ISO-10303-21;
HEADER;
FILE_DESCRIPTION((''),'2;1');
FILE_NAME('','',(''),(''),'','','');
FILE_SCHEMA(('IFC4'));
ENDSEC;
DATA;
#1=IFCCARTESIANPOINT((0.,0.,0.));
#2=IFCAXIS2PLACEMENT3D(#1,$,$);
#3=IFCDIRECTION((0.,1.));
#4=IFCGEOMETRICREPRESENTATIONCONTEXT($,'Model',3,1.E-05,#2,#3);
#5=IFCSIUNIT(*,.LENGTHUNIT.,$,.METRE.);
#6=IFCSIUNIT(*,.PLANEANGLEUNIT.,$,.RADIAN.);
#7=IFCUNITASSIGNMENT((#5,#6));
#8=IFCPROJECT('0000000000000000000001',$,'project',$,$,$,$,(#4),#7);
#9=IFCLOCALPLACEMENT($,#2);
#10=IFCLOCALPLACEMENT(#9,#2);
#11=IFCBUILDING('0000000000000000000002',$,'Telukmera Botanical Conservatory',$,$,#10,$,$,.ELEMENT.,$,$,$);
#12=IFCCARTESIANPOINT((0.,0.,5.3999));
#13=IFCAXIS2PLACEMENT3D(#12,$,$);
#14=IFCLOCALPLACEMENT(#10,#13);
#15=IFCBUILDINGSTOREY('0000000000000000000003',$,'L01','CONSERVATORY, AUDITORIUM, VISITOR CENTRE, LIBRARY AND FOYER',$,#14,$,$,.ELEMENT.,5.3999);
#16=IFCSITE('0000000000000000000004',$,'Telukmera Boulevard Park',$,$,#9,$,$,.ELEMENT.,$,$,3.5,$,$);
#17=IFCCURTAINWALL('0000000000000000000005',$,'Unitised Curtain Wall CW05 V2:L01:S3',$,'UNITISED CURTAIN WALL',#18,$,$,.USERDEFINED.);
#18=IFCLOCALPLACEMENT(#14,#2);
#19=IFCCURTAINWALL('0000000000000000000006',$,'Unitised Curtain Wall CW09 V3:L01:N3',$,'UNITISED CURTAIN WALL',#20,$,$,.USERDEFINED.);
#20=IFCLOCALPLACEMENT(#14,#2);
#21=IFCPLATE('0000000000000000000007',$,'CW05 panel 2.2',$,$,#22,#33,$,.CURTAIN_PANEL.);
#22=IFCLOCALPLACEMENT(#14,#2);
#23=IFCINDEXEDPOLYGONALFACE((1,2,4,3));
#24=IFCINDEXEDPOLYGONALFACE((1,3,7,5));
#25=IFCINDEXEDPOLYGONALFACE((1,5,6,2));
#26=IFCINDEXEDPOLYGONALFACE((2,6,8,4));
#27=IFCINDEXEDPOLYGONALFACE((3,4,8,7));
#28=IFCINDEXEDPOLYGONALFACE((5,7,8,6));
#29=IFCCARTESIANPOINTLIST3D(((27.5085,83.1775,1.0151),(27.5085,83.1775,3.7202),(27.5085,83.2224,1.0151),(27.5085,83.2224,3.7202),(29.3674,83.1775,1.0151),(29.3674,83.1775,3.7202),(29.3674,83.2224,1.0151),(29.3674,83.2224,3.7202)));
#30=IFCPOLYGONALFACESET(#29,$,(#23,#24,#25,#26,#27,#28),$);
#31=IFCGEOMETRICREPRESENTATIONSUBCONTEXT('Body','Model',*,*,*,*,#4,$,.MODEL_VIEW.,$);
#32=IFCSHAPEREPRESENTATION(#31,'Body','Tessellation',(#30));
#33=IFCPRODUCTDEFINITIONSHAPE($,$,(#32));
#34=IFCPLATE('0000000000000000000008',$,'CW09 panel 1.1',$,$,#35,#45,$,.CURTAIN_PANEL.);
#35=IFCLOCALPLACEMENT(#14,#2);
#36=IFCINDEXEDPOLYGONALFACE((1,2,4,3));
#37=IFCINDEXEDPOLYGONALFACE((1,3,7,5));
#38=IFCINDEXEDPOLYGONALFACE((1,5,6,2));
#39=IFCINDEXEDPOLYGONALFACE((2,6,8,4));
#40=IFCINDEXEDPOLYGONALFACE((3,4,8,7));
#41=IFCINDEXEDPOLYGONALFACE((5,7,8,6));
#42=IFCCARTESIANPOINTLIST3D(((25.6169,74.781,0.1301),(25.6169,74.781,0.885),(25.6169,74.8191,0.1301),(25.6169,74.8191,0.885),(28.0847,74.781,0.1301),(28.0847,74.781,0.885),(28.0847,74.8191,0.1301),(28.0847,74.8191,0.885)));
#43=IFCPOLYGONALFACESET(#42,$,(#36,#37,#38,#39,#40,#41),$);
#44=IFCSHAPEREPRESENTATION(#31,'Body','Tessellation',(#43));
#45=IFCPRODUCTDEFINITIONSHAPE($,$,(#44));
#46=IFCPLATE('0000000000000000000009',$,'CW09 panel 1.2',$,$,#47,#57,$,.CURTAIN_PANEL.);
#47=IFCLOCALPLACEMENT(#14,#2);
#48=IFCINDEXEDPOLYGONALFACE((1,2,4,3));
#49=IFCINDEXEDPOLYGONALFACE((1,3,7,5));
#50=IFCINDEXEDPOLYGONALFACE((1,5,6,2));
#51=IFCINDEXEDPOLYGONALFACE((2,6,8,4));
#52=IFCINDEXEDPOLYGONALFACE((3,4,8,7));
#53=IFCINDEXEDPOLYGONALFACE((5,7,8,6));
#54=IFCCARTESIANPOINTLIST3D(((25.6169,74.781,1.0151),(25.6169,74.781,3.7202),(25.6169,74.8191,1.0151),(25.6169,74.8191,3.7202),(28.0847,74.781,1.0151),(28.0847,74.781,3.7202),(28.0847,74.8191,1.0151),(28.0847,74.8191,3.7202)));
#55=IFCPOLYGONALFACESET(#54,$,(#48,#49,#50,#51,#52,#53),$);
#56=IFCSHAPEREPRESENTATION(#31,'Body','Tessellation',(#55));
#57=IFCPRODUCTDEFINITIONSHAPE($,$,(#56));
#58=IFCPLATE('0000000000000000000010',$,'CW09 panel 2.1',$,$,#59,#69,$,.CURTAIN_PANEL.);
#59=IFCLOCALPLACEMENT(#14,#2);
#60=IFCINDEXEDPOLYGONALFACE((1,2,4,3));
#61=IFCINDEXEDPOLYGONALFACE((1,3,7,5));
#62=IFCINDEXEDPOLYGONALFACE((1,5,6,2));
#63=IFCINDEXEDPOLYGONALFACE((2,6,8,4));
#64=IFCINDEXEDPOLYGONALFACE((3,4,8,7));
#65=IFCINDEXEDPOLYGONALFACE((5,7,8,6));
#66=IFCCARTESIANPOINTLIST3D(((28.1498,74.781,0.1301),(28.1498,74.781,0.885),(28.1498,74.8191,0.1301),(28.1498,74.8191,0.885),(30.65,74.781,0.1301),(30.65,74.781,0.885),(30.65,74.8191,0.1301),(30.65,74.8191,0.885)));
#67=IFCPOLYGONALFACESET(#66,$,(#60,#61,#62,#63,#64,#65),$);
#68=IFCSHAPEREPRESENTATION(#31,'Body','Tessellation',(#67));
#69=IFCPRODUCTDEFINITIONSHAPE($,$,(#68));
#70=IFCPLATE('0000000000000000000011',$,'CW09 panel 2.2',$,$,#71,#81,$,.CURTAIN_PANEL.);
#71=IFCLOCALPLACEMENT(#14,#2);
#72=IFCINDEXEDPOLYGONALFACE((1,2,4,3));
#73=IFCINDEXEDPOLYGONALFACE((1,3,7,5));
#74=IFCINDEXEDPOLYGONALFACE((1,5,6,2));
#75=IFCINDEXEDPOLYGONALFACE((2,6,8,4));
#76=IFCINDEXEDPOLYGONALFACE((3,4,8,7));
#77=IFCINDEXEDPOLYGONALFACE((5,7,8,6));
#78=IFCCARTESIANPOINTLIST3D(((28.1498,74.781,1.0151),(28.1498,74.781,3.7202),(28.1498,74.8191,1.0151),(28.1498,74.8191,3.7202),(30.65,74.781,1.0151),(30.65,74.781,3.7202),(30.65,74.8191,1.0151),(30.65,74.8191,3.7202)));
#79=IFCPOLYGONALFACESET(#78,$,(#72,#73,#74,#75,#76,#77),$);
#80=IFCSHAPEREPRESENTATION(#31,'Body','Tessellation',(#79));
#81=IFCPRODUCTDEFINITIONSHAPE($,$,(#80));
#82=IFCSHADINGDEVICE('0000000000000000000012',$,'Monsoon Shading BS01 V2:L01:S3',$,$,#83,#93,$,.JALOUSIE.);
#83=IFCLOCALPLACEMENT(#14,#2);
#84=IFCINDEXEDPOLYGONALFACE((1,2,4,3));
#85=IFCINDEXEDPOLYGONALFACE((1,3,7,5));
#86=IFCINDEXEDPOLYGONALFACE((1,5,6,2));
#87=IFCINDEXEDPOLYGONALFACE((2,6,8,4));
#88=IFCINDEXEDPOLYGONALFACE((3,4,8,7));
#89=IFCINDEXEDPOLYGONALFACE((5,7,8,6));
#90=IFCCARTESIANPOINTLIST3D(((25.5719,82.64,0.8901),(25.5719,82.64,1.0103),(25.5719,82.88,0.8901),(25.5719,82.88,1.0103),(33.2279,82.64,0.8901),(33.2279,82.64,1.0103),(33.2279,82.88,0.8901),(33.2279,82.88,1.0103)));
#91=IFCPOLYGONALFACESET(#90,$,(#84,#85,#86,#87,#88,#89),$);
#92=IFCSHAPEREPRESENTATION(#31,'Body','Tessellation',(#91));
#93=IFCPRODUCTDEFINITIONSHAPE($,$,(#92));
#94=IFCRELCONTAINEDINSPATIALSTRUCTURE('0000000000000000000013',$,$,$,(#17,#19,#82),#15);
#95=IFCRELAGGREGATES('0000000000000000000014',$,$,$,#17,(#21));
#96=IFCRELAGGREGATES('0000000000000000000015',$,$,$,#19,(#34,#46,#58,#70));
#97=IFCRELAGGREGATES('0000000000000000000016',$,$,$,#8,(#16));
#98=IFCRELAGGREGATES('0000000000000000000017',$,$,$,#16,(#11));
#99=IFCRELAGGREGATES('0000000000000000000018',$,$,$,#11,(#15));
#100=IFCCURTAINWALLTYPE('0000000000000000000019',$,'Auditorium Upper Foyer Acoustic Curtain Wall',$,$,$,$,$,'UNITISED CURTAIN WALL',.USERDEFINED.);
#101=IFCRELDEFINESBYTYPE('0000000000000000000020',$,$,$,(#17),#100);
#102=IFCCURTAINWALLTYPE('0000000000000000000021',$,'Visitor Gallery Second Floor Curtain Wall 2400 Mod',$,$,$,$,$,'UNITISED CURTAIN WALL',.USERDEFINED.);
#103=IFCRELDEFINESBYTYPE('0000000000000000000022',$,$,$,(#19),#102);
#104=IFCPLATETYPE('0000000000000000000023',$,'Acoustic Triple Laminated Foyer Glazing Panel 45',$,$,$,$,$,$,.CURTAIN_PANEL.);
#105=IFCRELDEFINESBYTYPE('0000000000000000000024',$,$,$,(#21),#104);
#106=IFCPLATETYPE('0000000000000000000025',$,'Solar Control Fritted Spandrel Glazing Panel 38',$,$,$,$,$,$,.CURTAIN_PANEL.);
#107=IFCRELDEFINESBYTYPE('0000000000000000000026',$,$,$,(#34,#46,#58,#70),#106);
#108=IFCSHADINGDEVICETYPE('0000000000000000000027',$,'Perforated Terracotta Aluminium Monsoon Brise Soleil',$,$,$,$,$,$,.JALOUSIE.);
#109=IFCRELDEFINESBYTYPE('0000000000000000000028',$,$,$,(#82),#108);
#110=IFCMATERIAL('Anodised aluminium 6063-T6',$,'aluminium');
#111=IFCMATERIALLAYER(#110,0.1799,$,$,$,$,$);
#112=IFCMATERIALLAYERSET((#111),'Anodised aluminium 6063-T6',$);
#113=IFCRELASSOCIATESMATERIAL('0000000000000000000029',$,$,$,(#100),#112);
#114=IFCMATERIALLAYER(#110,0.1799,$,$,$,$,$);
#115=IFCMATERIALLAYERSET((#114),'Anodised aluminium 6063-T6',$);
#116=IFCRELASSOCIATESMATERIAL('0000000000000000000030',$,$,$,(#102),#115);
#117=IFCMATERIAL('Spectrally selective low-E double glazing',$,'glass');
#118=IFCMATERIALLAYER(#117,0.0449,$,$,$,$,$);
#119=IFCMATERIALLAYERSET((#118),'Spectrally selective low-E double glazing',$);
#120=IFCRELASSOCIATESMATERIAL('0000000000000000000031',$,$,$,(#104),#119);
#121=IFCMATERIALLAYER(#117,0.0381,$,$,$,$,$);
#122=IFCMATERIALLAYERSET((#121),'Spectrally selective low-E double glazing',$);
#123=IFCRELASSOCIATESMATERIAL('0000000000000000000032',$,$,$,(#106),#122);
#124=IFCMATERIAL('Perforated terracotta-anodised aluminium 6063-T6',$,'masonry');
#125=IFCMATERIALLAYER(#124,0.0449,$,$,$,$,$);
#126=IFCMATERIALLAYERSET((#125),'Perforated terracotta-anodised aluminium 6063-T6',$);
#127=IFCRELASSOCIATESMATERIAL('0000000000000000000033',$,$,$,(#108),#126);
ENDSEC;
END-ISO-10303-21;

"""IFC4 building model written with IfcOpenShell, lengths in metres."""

from ifc_helpers import new_model, si_unit, direction, frame, origin, origin_2d, place, context, subcontext, project, spatial, rectangle, extrude, material, layer, layer_set, type_object, element, aggregate, save


model = new_model("IFC4")

# Units and contexts
model_context = context("Model", 3, precision=1e-05, world=origin(), true_north=direction((0.0, 1.0)))
body_context = subcontext(model_context, "Body", "Model", "MODEL_VIEW")
ifc_project = project(units=[si_unit("LENGTHUNIT", "METRE"), si_unit("PLANEANGLEUNIT", "RADIAN")], contexts=[model_context])

# Site, building, storey
site_placement = place(None, origin())
site = spatial("IfcSite", under=ifc_project, at=site_placement, Name="Telukmera Boulevard Park", CompositionType="ELEMENT", RefElevation=3.5)
building_placement = place(site_placement, origin())
building = spatial("IfcBuilding", under=site, at=building_placement, Name="Telukmera Botanical Conservatory", CompositionType="ELEMENT")
storey_placement = place(building_placement, frame((0.0, 0.0, 5.3999)))
storey = spatial("IfcBuildingStorey", under=building, at=storey_placement, Name="L01", Description="CONSERVATORY, AUDITORIUM, VISITOR CENTRE, LIBRARY AND FOYER", CompositionType="ELEMENT", Elevation=5.3999)

# Curtain walls
ifc_material_1 = material(Name="Anodised aluminium 6063-T6", Category="aluminium")
ifc_layer_1 = layer(ifc_material_1, 0.1799)
ifc_layer_set_1 = layer_set([ifc_layer_1], Name="Anodised aluminium 6063-T6")
curtain_wall_type_1 = type_object("IfcCurtainWallType", Name="Auditorium Upper Foyer Acoustic Curtain Wall", ElementType="UNITISED CURTAIN WALL", PredefinedType="USERDEFINED", material=ifc_layer_set_1)
curtain_wall_1_placement = place(storey_placement, origin())
curtain_wall_1 = element("IfcCurtainWall", 1, at=curtain_wall_1_placement, inside=storey, type_object=curtain_wall_type_1, Name="Unitised Curtain Wall CW05 V2:L01:S3", ObjectType="UNITISED CURTAIN WALL", PredefinedType="USERDEFINED")
ifc_layer_2 = layer(ifc_material_1, 0.1799)
ifc_layer_set_2 = layer_set([ifc_layer_2], Name="Anodised aluminium 6063-T6")
curtain_wall_type_2 = type_object("IfcCurtainWallType", Name="Visitor Gallery Second Floor Curtain Wall 2400 Mod", ElementType="UNITISED CURTAIN WALL", PredefinedType="USERDEFINED", material=ifc_layer_set_2)
curtain_wall_2_placement = place(storey_placement, origin())
curtain_wall_2 = element("IfcCurtainWall", 2, at=curtain_wall_2_placement, inside=storey, type_object=curtain_wall_type_2, Name="Unitised Curtain Wall CW09 V3:L01:N3", ObjectType="UNITISED CURTAIN WALL", PredefinedType="USERDEFINED")

# Plates
ifc_material_2 = material(Name="Spectrally selective low-E double glazing", Category="glass")
ifc_layer_3 = layer(ifc_material_2, 0.0449)
ifc_layer_set_3 = layer_set([ifc_layer_3], Name="Spectrally selective low-E double glazing")
plate_type_1 = type_object("IfcPlateType", Name="Acoustic Triple Laminated Foyer Glazing Panel 45", PredefinedType="CURTAIN_PANEL", material=ifc_layer_set_3)
plate_1_placement = place(storey_placement, frame((28.438, 83.2, 1.0151), z_axis=(0.0, 0.0, 1.0), x_axis=(1.0, 0.0, 0.0)))
plate_1 = element("IfcPlate", 3, at=plate_1_placement, type_object=plate_type_1, Name="CW05 panel 2.2", PredefinedType="CURTAIN_PANEL", context=body_context, shape_type="SweptSolid", body=[
    extrude(rectangle(XDim=1.8589, YDim=0.0449, at=origin_2d()), origin(), (0.0, 0.0, 1.0), 2.7051),
])
aggregate(curtain_wall_1, [plate_1])
ifc_layer_4 = layer(ifc_material_2, 0.0381)
ifc_layer_set_4 = layer_set([ifc_layer_4], Name="Spectrally selective low-E double glazing")
plate_type_2 = type_object("IfcPlateType", Name="Solar Control Fritted Spandrel Glazing Panel 38", PredefinedType="CURTAIN_PANEL", material=ifc_layer_set_4)
plate_2_placement = place(storey_placement, frame((26.8508, 74.8, 0.1301), z_axis=(0.0, 0.0, 1.0), x_axis=(1.0, 0.0, 0.0)))
plate_2 = element("IfcPlate", 4, at=plate_2_placement, type_object=plate_type_2, Name="CW09 panel 1.1", PredefinedType="CURTAIN_PANEL", context=body_context, shape_type="SweptSolid", body=[
    extrude(rectangle(XDim=2.4678, YDim=0.0381, at=origin_2d()), origin(), (0.0, 0.0, 1.0), 0.7549),
])
plate_3_placement = place(storey_placement, frame((26.8508, 74.8, 1.0151), z_axis=(0.0, 0.0, 1.0), x_axis=(1.0, 0.0, 0.0)))
plate_3 = element("IfcPlate", 5, at=plate_3_placement, type_object=plate_type_2, Name="CW09 panel 1.2", PredefinedType="CURTAIN_PANEL", context=body_context, shape_type="SweptSolid", body=[
    extrude(rectangle(XDim=2.4678, YDim=0.0381, at=origin_2d()), origin(), (0.0, 0.0, 1.0), 2.7051),
])
plate_4_placement = place(storey_placement, frame((29.3999, 74.8, 0.1301), z_axis=(0.0, 0.0, 1.0), x_axis=(1.0, 0.0, 0.0)))
plate_4 = element("IfcPlate", 6, at=plate_4_placement, type_object=plate_type_2, Name="CW09 panel 2.1", PredefinedType="CURTAIN_PANEL", context=body_context, shape_type="SweptSolid", body=[
    extrude(rectangle(XDim=2.5002, YDim=0.0381, at=origin_2d()), origin(), (0.0, 0.0, 1.0), 0.7549),
])
plate_5_placement = place(storey_placement, frame((29.3999, 74.8, 1.0151), z_axis=(0.0, 0.0, 1.0), x_axis=(1.0, 0.0, 0.0)))
plate_5 = element("IfcPlate", 7, at=plate_5_placement, type_object=plate_type_2, Name="CW09 panel 2.2", PredefinedType="CURTAIN_PANEL", context=body_context, shape_type="SweptSolid", body=[
    extrude(rectangle(XDim=2.5002, YDim=0.0381, at=origin_2d()), origin(), (0.0, 0.0, 1.0), 2.7051),
])
aggregate(curtain_wall_2, [plate_2, plate_3, plate_4, plate_5])

# Shading device
ifc_material_3 = material(Name="Perforated terracotta-anodised aluminium 6063-T6", Category="masonry")
ifc_layer_5 = layer(ifc_material_3, 0.0449)
ifc_layer_set_5 = layer_set([ifc_layer_5], Name="Perforated terracotta-anodised aluminium 6063-T6")
shading_device_type = type_object("IfcShadingDeviceType", Name="Perforated Terracotta Aluminium Monsoon Brise Soleil", PredefinedType="JALOUSIE", material=ifc_layer_set_5)
shading_device_placement = place(storey_placement, frame((29.3999, 82.76, 0.8901), z_axis=(0.0, 0.0, 1.0), x_axis=(1.0, 0.0, 0.0)))
element("IfcShadingDevice", 8, at=shading_device_placement, inside=storey, type_object=shading_device_type, Name="Monsoon Shading BS01 V2:L01:S3", PredefinedType="JALOUSIE", context=body_context, shape_type="SweptSolid", body=[
    extrude(rectangle(XDim=7.656, YDim=0.24, at=origin_2d()), origin(), (0.0, 0.0, 1.0), 0.1201),
])

save(model, "model.ifc")
